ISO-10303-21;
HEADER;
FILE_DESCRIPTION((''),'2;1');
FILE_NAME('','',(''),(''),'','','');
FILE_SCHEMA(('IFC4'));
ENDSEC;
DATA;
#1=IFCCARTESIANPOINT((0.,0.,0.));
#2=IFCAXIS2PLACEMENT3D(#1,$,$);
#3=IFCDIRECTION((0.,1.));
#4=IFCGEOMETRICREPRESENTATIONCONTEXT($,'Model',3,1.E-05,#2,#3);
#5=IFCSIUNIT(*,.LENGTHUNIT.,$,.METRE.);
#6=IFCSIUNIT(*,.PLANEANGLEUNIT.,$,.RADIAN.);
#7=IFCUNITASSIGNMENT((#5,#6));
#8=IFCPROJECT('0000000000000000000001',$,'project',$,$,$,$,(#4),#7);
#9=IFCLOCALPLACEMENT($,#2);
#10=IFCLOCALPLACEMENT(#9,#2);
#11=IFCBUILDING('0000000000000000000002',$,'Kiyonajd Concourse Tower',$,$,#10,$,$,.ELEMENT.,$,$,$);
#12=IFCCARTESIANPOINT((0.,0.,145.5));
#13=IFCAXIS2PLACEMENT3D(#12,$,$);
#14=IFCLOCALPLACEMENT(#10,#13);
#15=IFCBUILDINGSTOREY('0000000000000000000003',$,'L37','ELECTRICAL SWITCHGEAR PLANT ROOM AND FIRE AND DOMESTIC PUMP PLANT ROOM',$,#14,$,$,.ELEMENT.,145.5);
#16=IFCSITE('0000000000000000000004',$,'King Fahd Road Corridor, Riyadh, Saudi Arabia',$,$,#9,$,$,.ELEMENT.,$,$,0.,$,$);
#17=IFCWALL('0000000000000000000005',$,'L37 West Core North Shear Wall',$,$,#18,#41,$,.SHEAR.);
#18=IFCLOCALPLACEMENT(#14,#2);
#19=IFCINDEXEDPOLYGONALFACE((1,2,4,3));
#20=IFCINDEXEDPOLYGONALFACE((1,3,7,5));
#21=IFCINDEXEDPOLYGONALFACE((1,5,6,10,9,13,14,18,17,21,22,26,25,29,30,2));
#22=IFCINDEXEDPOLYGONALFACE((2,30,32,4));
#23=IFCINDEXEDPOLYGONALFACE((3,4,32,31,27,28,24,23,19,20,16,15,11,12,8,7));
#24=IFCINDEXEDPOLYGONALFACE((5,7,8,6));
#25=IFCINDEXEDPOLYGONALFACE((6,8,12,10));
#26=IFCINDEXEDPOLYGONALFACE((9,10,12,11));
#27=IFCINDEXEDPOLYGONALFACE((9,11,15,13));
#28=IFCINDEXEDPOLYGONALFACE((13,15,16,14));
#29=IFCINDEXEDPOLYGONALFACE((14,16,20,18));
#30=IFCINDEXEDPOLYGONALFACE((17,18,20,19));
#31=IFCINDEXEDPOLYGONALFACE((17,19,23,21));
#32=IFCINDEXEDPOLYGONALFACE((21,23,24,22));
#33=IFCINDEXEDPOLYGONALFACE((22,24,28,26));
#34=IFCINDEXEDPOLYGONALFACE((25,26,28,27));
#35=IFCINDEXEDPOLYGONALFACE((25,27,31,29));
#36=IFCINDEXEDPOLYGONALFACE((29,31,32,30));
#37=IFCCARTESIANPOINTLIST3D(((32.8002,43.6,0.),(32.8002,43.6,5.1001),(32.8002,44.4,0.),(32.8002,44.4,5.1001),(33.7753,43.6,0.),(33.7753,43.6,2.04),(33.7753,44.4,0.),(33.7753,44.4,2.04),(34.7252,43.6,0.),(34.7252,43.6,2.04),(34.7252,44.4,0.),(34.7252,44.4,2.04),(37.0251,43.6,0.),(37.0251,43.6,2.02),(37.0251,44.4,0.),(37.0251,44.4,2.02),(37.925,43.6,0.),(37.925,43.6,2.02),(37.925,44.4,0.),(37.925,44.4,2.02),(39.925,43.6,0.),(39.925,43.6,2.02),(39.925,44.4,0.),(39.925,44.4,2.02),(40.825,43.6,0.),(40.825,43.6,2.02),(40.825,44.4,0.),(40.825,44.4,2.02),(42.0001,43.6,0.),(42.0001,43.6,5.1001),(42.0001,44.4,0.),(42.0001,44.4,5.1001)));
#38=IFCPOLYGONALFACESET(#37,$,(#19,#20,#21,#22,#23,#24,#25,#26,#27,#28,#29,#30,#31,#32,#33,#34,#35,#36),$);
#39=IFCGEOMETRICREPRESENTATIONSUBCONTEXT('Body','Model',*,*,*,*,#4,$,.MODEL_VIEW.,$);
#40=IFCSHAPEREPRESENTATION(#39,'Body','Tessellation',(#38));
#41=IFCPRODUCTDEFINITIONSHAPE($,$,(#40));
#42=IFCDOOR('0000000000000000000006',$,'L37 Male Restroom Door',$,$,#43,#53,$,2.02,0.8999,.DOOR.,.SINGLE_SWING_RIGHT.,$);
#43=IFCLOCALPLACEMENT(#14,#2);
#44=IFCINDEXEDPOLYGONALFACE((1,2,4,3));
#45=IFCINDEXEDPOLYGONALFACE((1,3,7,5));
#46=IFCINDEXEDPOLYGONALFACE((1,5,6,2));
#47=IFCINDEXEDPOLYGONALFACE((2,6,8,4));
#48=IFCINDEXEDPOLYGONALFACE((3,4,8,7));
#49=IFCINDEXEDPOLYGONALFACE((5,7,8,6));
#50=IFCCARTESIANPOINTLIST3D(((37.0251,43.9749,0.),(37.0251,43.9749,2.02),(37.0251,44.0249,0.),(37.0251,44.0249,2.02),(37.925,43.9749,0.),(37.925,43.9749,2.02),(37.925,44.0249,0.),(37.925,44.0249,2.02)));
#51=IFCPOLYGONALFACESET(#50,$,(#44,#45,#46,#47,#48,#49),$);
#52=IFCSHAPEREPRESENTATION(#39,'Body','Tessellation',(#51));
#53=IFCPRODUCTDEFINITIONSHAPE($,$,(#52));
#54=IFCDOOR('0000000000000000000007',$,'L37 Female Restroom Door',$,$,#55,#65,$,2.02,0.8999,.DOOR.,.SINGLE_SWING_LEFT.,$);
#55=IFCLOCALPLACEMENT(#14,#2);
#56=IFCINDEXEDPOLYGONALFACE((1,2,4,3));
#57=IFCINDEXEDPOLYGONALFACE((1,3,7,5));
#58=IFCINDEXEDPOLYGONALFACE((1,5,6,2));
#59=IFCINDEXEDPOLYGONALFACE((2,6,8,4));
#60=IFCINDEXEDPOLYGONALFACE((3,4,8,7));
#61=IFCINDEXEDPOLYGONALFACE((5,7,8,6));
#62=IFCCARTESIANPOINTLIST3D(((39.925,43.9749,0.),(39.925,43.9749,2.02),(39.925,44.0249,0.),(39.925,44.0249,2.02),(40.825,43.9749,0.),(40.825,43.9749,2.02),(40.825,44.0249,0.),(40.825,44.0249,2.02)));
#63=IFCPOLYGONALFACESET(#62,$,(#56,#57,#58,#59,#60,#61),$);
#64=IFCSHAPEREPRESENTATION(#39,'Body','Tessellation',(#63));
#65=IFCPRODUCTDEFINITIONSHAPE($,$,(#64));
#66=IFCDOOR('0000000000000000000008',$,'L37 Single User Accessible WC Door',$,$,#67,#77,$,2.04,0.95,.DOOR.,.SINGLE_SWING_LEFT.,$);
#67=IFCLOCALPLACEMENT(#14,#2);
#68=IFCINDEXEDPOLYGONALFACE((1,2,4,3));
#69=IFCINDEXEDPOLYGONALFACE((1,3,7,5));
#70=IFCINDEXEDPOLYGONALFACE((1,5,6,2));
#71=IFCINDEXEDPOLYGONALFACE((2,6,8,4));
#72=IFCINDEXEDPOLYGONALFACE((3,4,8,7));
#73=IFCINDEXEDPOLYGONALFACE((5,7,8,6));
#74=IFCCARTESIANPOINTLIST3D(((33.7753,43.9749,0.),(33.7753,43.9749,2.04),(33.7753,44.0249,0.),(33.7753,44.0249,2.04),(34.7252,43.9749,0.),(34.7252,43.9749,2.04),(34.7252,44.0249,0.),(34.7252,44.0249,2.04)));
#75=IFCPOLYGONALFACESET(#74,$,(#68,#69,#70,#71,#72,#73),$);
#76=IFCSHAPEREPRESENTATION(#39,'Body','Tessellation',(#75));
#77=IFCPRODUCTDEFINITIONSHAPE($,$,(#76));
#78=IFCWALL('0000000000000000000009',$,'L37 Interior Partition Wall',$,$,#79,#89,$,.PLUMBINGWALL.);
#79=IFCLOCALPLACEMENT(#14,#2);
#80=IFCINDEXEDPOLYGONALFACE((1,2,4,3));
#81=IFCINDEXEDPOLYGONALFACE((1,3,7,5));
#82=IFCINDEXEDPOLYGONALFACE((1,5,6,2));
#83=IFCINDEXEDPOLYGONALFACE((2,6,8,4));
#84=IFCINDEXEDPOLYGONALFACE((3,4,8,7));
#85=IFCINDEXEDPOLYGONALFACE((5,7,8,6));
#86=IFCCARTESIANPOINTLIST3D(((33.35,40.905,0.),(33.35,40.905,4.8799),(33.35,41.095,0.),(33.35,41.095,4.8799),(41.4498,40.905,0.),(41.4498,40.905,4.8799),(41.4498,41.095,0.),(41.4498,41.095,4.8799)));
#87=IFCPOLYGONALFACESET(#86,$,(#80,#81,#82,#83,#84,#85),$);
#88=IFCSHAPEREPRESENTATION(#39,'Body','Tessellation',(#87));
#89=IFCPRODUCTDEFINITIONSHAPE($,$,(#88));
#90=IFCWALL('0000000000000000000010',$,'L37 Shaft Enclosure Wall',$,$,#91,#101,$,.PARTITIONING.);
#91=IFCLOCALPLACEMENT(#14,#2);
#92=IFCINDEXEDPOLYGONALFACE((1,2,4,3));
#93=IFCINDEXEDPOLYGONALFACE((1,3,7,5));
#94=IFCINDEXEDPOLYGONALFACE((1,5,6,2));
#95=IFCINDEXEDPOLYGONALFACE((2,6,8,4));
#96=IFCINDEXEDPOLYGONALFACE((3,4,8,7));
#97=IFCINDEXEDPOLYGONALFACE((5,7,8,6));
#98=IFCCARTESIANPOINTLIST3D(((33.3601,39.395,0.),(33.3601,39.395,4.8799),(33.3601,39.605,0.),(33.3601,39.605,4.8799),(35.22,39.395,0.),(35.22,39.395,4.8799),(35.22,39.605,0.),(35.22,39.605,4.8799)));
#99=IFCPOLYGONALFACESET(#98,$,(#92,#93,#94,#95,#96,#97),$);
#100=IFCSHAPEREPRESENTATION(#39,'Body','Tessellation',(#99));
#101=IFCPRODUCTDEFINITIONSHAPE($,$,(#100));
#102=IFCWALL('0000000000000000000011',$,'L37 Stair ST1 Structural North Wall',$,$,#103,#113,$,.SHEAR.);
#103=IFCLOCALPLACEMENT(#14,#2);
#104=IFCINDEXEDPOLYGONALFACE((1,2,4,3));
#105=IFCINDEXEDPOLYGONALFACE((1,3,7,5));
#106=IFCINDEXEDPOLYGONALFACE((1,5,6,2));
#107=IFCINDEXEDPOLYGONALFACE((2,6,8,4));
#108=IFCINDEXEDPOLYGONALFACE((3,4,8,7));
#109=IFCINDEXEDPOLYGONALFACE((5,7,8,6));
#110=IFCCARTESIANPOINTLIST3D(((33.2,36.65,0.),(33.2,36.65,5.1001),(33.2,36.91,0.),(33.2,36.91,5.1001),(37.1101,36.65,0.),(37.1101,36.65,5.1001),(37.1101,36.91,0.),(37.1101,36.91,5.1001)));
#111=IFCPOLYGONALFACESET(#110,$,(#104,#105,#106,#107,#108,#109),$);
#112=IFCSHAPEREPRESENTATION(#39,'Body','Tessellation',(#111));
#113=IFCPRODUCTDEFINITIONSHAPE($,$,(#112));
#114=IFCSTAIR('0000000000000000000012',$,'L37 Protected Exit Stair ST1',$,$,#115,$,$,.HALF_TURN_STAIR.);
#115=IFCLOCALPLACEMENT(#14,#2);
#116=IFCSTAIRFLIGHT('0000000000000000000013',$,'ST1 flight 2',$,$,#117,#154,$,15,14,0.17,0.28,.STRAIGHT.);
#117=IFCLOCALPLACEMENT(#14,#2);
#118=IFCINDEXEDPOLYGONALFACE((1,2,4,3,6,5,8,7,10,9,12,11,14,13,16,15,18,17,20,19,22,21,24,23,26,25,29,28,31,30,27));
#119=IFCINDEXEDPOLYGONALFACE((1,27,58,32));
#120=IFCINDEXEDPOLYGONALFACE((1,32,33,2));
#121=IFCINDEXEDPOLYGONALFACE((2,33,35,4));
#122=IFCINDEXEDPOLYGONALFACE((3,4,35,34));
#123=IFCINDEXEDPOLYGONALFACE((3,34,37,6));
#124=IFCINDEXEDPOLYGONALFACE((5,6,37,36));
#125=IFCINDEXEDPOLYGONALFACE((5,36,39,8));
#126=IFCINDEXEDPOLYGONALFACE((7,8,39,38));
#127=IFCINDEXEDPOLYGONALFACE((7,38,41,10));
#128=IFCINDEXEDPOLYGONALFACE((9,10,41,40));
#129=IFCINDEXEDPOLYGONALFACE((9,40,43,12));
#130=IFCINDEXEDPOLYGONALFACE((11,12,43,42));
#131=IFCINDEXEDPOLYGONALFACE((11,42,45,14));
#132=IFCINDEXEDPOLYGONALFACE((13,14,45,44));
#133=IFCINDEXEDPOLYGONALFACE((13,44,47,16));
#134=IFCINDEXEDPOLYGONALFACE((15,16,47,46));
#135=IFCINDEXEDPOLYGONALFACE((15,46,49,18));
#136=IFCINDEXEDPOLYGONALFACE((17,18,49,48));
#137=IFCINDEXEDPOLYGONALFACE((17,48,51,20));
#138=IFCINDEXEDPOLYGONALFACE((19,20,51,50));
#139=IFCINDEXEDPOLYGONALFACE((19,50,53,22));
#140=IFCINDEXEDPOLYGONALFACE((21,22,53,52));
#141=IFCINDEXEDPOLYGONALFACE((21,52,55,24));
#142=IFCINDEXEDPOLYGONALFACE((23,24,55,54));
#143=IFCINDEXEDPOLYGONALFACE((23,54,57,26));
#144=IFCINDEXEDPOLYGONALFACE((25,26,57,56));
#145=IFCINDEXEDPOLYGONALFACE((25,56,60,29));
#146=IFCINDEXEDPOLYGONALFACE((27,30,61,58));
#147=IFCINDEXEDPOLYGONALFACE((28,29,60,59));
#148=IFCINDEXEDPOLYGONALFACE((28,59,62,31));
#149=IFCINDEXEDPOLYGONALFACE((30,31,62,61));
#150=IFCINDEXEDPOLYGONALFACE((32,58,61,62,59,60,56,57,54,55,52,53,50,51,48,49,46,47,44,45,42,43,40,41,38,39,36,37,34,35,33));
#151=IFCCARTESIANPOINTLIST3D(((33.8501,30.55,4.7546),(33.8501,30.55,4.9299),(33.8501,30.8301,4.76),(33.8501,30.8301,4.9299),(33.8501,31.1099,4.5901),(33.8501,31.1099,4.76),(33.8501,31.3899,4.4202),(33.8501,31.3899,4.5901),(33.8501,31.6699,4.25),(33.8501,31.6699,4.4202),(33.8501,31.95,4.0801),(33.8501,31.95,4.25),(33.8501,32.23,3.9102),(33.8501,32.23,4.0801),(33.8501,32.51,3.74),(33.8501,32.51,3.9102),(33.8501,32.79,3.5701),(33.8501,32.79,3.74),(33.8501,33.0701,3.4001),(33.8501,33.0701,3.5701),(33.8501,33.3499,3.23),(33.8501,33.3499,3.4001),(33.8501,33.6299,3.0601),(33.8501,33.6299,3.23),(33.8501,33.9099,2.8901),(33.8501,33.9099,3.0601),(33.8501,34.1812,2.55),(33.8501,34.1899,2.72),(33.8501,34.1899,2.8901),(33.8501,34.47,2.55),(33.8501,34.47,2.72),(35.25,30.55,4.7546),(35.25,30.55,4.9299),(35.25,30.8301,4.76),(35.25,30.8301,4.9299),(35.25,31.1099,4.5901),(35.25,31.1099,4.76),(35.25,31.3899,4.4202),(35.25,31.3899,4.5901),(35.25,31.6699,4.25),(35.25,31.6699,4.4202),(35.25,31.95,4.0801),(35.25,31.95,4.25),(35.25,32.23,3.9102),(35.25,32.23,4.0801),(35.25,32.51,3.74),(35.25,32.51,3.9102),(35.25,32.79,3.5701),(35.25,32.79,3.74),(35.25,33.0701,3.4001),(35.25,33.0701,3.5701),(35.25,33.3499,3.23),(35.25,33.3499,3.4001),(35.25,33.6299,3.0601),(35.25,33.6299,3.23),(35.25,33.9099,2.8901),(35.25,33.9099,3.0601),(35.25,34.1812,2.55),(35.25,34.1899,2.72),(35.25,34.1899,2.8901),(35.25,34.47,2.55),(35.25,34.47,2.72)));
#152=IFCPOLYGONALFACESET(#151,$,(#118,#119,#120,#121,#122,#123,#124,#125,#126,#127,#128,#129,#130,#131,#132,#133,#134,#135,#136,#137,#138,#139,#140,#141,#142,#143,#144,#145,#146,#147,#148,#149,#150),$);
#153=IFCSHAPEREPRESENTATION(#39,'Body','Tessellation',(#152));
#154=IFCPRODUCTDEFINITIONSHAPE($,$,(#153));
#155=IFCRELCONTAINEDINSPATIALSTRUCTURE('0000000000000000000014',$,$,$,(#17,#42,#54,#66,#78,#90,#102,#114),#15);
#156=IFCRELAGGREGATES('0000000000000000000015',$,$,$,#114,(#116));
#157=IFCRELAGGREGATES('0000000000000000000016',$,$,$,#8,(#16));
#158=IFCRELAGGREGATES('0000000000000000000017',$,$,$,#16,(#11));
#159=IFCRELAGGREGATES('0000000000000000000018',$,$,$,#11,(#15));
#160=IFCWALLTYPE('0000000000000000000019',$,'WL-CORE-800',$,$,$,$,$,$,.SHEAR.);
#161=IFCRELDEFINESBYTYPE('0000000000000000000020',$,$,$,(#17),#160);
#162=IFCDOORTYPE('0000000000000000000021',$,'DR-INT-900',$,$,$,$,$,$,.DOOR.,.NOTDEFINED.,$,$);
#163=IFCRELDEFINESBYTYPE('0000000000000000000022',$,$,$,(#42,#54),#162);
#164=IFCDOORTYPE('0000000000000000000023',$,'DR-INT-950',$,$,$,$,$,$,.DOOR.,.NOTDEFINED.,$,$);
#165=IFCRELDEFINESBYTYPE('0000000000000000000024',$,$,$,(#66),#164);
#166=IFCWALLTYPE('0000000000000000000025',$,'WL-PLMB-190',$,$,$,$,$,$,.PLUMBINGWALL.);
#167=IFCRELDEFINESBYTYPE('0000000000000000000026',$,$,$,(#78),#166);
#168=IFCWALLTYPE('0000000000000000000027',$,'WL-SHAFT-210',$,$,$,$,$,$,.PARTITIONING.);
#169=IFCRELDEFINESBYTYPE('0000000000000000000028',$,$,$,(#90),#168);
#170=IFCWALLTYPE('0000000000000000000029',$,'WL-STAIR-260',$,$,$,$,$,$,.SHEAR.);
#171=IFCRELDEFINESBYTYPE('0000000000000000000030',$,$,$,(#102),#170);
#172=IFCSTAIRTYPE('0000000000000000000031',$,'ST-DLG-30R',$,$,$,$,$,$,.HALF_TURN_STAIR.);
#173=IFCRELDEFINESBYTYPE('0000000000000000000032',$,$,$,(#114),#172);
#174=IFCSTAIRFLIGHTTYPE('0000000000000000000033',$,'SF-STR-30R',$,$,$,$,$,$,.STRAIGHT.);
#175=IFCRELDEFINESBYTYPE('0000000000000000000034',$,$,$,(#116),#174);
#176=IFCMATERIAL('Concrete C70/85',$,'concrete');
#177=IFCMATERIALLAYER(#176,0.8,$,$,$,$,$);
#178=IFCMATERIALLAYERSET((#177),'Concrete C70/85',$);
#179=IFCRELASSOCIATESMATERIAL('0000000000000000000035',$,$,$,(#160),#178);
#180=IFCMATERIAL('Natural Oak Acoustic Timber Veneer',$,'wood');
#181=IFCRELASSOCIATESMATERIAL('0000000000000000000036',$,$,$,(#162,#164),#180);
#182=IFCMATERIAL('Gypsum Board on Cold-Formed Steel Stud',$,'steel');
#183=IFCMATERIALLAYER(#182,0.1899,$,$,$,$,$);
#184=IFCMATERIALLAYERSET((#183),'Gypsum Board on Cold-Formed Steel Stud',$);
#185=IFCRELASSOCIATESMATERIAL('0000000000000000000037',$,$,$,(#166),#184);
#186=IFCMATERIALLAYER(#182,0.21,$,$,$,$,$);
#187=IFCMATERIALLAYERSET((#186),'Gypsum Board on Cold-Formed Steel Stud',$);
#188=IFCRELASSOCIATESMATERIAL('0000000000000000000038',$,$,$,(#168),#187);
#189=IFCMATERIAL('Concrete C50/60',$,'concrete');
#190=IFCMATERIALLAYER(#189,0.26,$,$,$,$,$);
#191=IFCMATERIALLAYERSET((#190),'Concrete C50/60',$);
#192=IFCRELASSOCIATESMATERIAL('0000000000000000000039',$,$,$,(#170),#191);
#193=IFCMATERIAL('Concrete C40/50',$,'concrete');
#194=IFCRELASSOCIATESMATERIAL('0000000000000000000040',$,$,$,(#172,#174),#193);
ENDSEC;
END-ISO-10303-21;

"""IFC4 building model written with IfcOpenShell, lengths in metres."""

from ifc_helpers import new_model, si_unit, direction, frame, frame_2d, origin, place, context, subcontext, project, spatial, polyline, rectangle, outline, extrude, material, layer, layer_set, type_object, element, fill, aggregate, save


model = new_model("IFC4")

# Units and contexts
model_context = context("Model", 3, precision=1e-05, world=origin(), true_north=direction((0.0, 1.0)))
body_context = subcontext(model_context, "Body", "Model", "MODEL_VIEW")
ifc_project = project(units=[si_unit("LENGTHUNIT", "METRE"), si_unit("PLANEANGLEUNIT", "RADIAN")], contexts=[model_context])

# Site, building, storey
site_placement = place(None, origin())
site = spatial("IfcSite", under=ifc_project, at=site_placement, Name="King Fahd Road Corridor, Riyadh, Saudi Arabia", CompositionType="ELEMENT", RefElevation=0.0)
building_placement = place(site_placement, origin())
building = spatial("IfcBuilding", under=site, at=building_placement, Name="Kiyonajd Concourse Tower", CompositionType="ELEMENT")
storey_placement = place(building_placement, frame((0.0, 0.0, 145.5)))
storey = spatial("IfcBuildingStorey", under=building, at=storey_placement, Name="L37", Description="ELECTRICAL SWITCHGEAR PLANT ROOM AND FIRE AND DOMESTIC PUMP PLANT ROOM", CompositionType="ELEMENT", Elevation=145.5)

# Shared definitions
ifc_material_1 = material(Name="Concrete C70/85", Category="concrete")

# Wall, openings, doors
ifc_layer_1 = layer(ifc_material_1, 0.8)
ifc_layer_set_1 = layer_set([ifc_layer_1], Name="Concrete C70/85")
wall_type_1 = type_object("IfcWallType", Name="WL-CORE-800", PredefinedType="SHEAR", material=ifc_layer_set_1)
wall_1_placement = place(storey_placement, frame((32.8, 44.0, 0.0), z_axis=(0.0, 0.0, 1.0), x_axis=(1.0, 0.0, 0.0)))
wall_1 = element("IfcWall", 1, at=wall_1_placement, inside=storey, type_object=wall_type_1, Name="L37 West Core North Shear Wall", PredefinedType="SHEAR", context=body_context, shape_type="SweptSolid", body=[
    extrude(rectangle(XDim=9.2, YDim=0.8, at=frame_2d((4.6001, 0.0))), origin(), (0.0, 0.0, 1.0), 5.1001),
])
opening_1_placement = place(wall_1_placement, frame((0.9751, 0.0, 0.0)))
opening_1 = element("IfcOpeningElement", 2, at=opening_1_placement, cuts=wall_1, PredefinedType="OPENING", context=body_context, shape_type="SweptSolid", body=[
    extrude(rectangle(XDim=0.95, YDim=2.04, at=frame_2d((0.4751, 1.02))), frame((0.0, 0.4099, 0.0), z_axis=(0.0, -1.0, 0.0), x_axis=(1.0, 0.0, 0.0)), (0.0, 0.0, 1.0), 0.8201),
])
opening_2_placement = place(wall_1_placement, frame((4.2251, 0.0, 0.0)))
opening_2 = element("IfcOpeningElement", 3, at=opening_2_placement, cuts=wall_1, PredefinedType="OPENING", context=body_context, shape_type="SweptSolid", body=[
    extrude(rectangle(XDim=0.8999, YDim=2.02, at=frame_2d((0.45, 1.01))), frame((0.0, 0.4099, 0.0), z_axis=(0.0, -1.0, 0.0), x_axis=(1.0, 0.0, 0.0)), (0.0, 0.0, 1.0), 0.8201),
])
opening_3_placement = place(wall_1_placement, frame((7.125, 0.0, 0.0)))
opening_3 = element("IfcOpeningElement", 4, at=opening_3_placement, cuts=wall_1, PredefinedType="OPENING", context=body_context, shape_type="SweptSolid", body=[
    extrude(rectangle(XDim=0.8999, YDim=2.02, at=frame_2d((0.45, 1.01))), frame((0.0, 0.4099, 0.0), z_axis=(0.0, -1.0, 0.0), x_axis=(1.0, 0.0, 0.0)), (0.0, 0.0, 1.0), 0.8201),
])
ifc_material_2 = material(Name="Natural Oak Acoustic Timber Veneer", Category="wood")
door_type_1 = type_object("IfcDoorType", Name="DR-INT-900", OperationType="NOTDEFINED", PredefinedType="DOOR", material=ifc_material_2)
door_1_placement = place(opening_2_placement, origin())
door_1 = element("IfcDoor", 5, at=door_1_placement, inside=storey, type_object=door_type_1, Name="L37 Male Restroom Door", OperationType="SINGLE_SWING_RIGHT", OverallHeight=2.02, OverallWidth=0.8999, PredefinedType="DOOR", context=body_context, shape_type="SweptSolid", body=[
    extrude(rectangle(XDim=0.8999, YDim=2.02, at=frame_2d((0.45, 1.01))), frame((0.0, 0.0249, 0.0), z_axis=(0.0, -1.0, 0.0), x_axis=(1.0, 0.0, 0.0)), (0.0, 0.0, 1.0), 0.05),
])
fill(opening_2, door_1)
door_2_placement = place(opening_3_placement, origin())
door_2 = element("IfcDoor", 6, at=door_2_placement, inside=storey, type_object=door_type_1, Name="L37 Female Restroom Door", OperationType="SINGLE_SWING_LEFT", OverallHeight=2.02, OverallWidth=0.8999, PredefinedType="DOOR", context=body_context, shape_type="SweptSolid", body=[
    extrude(rectangle(XDim=0.8999, YDim=2.02, at=frame_2d((0.45, 1.01))), frame((0.0, 0.0249, 0.0), z_axis=(0.0, -1.0, 0.0), x_axis=(1.0, 0.0, 0.0)), (0.0, 0.0, 1.0), 0.05),
])
fill(opening_3, door_2)
door_type_2 = type_object("IfcDoorType", Name="DR-INT-950", OperationType="NOTDEFINED", PredefinedType="DOOR", material=ifc_material_2)
door_3_placement = place(opening_1_placement, origin())
door_3 = element("IfcDoor", 7, at=door_3_placement, inside=storey, type_object=door_type_2, Name="L37 Single User Accessible WC Door", OperationType="SINGLE_SWING_LEFT", OverallHeight=2.04, OverallWidth=0.95, PredefinedType="DOOR", context=body_context, shape_type="SweptSolid", body=[
    extrude(rectangle(XDim=0.95, YDim=2.04, at=frame_2d((0.4751, 1.02))), frame((0.0, 0.0249, 0.0), z_axis=(0.0, -1.0, 0.0), x_axis=(1.0, 0.0, 0.0)), (0.0, 0.0, 1.0), 0.05),
])
fill(opening_1, door_3)

# Walls
ifc_material_3 = material(Name="Gypsum Board on Cold-Formed Steel Stud", Category="steel")
ifc_layer_2 = layer(ifc_material_3, 0.1899)
ifc_layer_set_2 = layer_set([ifc_layer_2], Name="Gypsum Board on Cold-Formed Steel Stud")
wall_type_2 = type_object("IfcWallType", Name="WL-PLMB-190", PredefinedType="PLUMBINGWALL", material=ifc_layer_set_2)
wall_2_placement = place(storey_placement, frame((33.3501, 41.0, 0.0), z_axis=(0.0, 0.0, 1.0), x_axis=(1.0, 0.0, 0.0)))
element("IfcWall", 8, at=wall_2_placement, inside=storey, type_object=wall_type_2, Name="L37 Interior Partition Wall", PredefinedType="PLUMBINGWALL", context=body_context, shape_type="SweptSolid", body=[
    extrude(rectangle(XDim=8.0999, YDim=0.1899, at=frame_2d((4.0498, 0.0))), origin(), (0.0, 0.0, 1.0), 4.8799),
])
ifc_layer_3 = layer(ifc_material_3, 0.21)
ifc_layer_set_3 = layer_set([ifc_layer_3], Name="Gypsum Board on Cold-Formed Steel Stud")
wall_type_3 = type_object("IfcWallType", Name="WL-SHAFT-210", PredefinedType="PARTITIONING", material=ifc_layer_set_3)
wall_3_placement = place(storey_placement, frame((33.3601, 39.5, 0.0), z_axis=(0.0, 0.0, 1.0), x_axis=(1.0, 0.0, 0.0)))
element("IfcWall", 9, at=wall_3_placement, inside=storey, type_object=wall_type_3, Name="L37 Shaft Enclosure Wall", PredefinedType="PARTITIONING", context=body_context, shape_type="SweptSolid", body=[
    extrude(rectangle(XDim=1.8599, YDim=0.21, at=frame_2d((0.9299, 0.0))), origin(), (0.0, 0.0, 1.0), 4.8799),
])
ifc_material_4 = material(Name="Concrete C50/60", Category="concrete")
ifc_layer_4 = layer(ifc_material_4, 0.26)
ifc_layer_set_4 = layer_set([ifc_layer_4], Name="Concrete C50/60")
wall_type_4 = type_object("IfcWallType", Name="WL-STAIR-260", PredefinedType="SHEAR", material=ifc_layer_set_4)
wall_4_placement = place(storey_placement, frame((33.2, 36.78, 0.0), z_axis=(0.0, 0.0, 1.0), x_axis=(1.0, 0.0, 0.0)))
element("IfcWall", 10, at=wall_4_placement, inside=storey, type_object=wall_type_4, Name="L37 Stair ST1 Structural North Wall", PredefinedType="SHEAR", context=body_context, shape_type="SweptSolid", body=[
    extrude(rectangle(XDim=3.9102, YDim=0.26, at=frame_2d((1.9551, 0.0))), origin(), (0.0, 0.0, 1.0), 5.1001),
])

# Stair, stair flight
ifc_material_5 = material(Name="Concrete C40/50", Category="concrete")
stair_type = type_object("IfcStairType", Name="ST-DLG-30R", PredefinedType="HALF_TURN_STAIR", material=ifc_material_5)
stair_placement = place(storey_placement, origin())
stair = element("IfcStair", 11, at=stair_placement, inside=storey, type_object=stair_type, Name="L37 Protected Exit Stair ST1", PredefinedType="HALF_TURN_STAIR")
stair_flight_type = type_object("IfcStairFlightType", Name="SF-STR-30R", PredefinedType="STRAIGHT", material=ifc_material_5)
stair_flight_placement = place(storey_placement, frame((34.55, 34.47, 2.55), z_axis=(0.0, 0.0, 1.0), x_axis=(0.0, -1.0, 0.0)))
stair_flight = element("IfcStairFlight", 12, at=stair_flight_placement, type_object=stair_flight_type, Name="ST1 flight 2", NumberOfRisers=15, NumberOfTreads=14, PredefinedType="STRAIGHT", RiserHeight=0.17, TreadLength=0.28, context=body_context, shape_type="SweptSolid", body=[
    extrude(outline(polyline([(0.0, 0.0), (0.0, 0.1699), (0.28, 0.1699), (0.28, 0.3401), (0.5601, 0.3401), (0.5601, 0.51), (0.8401, 0.51), (0.8401, 0.6799), (1.1201, 0.6799), (1.1201, 0.8501), (1.3999, 0.8501), (1.3999, 1.02), (1.6799, 1.02), (1.6799, 1.1899), (1.96, 1.1899), (1.96, 1.3601), (2.24, 1.3601), (2.24, 1.53), (2.52, 1.53), (2.52, 1.7), (2.8, 1.7), (2.8, 1.8701), (3.0801, 1.8701), (3.0801, 2.04), (3.3601, 2.04), (3.3601, 2.21), (3.6399, 2.21), (3.6399, 2.3799), (3.9199, 2.3799), (3.9199, 2.55), (3.9199, 2.2046), (0.2888, 0.0), (0.0, 0.0)])), frame((0.0, 0.7, 0.0), z_axis=(0.0, -1.0, 0.0), x_axis=(1.0, 0.0, 0.0)), (0.0, 0.0, 1.0), 1.3999),
])
aggregate(stair, [stair_flight])

save(model, "model.ifc")
